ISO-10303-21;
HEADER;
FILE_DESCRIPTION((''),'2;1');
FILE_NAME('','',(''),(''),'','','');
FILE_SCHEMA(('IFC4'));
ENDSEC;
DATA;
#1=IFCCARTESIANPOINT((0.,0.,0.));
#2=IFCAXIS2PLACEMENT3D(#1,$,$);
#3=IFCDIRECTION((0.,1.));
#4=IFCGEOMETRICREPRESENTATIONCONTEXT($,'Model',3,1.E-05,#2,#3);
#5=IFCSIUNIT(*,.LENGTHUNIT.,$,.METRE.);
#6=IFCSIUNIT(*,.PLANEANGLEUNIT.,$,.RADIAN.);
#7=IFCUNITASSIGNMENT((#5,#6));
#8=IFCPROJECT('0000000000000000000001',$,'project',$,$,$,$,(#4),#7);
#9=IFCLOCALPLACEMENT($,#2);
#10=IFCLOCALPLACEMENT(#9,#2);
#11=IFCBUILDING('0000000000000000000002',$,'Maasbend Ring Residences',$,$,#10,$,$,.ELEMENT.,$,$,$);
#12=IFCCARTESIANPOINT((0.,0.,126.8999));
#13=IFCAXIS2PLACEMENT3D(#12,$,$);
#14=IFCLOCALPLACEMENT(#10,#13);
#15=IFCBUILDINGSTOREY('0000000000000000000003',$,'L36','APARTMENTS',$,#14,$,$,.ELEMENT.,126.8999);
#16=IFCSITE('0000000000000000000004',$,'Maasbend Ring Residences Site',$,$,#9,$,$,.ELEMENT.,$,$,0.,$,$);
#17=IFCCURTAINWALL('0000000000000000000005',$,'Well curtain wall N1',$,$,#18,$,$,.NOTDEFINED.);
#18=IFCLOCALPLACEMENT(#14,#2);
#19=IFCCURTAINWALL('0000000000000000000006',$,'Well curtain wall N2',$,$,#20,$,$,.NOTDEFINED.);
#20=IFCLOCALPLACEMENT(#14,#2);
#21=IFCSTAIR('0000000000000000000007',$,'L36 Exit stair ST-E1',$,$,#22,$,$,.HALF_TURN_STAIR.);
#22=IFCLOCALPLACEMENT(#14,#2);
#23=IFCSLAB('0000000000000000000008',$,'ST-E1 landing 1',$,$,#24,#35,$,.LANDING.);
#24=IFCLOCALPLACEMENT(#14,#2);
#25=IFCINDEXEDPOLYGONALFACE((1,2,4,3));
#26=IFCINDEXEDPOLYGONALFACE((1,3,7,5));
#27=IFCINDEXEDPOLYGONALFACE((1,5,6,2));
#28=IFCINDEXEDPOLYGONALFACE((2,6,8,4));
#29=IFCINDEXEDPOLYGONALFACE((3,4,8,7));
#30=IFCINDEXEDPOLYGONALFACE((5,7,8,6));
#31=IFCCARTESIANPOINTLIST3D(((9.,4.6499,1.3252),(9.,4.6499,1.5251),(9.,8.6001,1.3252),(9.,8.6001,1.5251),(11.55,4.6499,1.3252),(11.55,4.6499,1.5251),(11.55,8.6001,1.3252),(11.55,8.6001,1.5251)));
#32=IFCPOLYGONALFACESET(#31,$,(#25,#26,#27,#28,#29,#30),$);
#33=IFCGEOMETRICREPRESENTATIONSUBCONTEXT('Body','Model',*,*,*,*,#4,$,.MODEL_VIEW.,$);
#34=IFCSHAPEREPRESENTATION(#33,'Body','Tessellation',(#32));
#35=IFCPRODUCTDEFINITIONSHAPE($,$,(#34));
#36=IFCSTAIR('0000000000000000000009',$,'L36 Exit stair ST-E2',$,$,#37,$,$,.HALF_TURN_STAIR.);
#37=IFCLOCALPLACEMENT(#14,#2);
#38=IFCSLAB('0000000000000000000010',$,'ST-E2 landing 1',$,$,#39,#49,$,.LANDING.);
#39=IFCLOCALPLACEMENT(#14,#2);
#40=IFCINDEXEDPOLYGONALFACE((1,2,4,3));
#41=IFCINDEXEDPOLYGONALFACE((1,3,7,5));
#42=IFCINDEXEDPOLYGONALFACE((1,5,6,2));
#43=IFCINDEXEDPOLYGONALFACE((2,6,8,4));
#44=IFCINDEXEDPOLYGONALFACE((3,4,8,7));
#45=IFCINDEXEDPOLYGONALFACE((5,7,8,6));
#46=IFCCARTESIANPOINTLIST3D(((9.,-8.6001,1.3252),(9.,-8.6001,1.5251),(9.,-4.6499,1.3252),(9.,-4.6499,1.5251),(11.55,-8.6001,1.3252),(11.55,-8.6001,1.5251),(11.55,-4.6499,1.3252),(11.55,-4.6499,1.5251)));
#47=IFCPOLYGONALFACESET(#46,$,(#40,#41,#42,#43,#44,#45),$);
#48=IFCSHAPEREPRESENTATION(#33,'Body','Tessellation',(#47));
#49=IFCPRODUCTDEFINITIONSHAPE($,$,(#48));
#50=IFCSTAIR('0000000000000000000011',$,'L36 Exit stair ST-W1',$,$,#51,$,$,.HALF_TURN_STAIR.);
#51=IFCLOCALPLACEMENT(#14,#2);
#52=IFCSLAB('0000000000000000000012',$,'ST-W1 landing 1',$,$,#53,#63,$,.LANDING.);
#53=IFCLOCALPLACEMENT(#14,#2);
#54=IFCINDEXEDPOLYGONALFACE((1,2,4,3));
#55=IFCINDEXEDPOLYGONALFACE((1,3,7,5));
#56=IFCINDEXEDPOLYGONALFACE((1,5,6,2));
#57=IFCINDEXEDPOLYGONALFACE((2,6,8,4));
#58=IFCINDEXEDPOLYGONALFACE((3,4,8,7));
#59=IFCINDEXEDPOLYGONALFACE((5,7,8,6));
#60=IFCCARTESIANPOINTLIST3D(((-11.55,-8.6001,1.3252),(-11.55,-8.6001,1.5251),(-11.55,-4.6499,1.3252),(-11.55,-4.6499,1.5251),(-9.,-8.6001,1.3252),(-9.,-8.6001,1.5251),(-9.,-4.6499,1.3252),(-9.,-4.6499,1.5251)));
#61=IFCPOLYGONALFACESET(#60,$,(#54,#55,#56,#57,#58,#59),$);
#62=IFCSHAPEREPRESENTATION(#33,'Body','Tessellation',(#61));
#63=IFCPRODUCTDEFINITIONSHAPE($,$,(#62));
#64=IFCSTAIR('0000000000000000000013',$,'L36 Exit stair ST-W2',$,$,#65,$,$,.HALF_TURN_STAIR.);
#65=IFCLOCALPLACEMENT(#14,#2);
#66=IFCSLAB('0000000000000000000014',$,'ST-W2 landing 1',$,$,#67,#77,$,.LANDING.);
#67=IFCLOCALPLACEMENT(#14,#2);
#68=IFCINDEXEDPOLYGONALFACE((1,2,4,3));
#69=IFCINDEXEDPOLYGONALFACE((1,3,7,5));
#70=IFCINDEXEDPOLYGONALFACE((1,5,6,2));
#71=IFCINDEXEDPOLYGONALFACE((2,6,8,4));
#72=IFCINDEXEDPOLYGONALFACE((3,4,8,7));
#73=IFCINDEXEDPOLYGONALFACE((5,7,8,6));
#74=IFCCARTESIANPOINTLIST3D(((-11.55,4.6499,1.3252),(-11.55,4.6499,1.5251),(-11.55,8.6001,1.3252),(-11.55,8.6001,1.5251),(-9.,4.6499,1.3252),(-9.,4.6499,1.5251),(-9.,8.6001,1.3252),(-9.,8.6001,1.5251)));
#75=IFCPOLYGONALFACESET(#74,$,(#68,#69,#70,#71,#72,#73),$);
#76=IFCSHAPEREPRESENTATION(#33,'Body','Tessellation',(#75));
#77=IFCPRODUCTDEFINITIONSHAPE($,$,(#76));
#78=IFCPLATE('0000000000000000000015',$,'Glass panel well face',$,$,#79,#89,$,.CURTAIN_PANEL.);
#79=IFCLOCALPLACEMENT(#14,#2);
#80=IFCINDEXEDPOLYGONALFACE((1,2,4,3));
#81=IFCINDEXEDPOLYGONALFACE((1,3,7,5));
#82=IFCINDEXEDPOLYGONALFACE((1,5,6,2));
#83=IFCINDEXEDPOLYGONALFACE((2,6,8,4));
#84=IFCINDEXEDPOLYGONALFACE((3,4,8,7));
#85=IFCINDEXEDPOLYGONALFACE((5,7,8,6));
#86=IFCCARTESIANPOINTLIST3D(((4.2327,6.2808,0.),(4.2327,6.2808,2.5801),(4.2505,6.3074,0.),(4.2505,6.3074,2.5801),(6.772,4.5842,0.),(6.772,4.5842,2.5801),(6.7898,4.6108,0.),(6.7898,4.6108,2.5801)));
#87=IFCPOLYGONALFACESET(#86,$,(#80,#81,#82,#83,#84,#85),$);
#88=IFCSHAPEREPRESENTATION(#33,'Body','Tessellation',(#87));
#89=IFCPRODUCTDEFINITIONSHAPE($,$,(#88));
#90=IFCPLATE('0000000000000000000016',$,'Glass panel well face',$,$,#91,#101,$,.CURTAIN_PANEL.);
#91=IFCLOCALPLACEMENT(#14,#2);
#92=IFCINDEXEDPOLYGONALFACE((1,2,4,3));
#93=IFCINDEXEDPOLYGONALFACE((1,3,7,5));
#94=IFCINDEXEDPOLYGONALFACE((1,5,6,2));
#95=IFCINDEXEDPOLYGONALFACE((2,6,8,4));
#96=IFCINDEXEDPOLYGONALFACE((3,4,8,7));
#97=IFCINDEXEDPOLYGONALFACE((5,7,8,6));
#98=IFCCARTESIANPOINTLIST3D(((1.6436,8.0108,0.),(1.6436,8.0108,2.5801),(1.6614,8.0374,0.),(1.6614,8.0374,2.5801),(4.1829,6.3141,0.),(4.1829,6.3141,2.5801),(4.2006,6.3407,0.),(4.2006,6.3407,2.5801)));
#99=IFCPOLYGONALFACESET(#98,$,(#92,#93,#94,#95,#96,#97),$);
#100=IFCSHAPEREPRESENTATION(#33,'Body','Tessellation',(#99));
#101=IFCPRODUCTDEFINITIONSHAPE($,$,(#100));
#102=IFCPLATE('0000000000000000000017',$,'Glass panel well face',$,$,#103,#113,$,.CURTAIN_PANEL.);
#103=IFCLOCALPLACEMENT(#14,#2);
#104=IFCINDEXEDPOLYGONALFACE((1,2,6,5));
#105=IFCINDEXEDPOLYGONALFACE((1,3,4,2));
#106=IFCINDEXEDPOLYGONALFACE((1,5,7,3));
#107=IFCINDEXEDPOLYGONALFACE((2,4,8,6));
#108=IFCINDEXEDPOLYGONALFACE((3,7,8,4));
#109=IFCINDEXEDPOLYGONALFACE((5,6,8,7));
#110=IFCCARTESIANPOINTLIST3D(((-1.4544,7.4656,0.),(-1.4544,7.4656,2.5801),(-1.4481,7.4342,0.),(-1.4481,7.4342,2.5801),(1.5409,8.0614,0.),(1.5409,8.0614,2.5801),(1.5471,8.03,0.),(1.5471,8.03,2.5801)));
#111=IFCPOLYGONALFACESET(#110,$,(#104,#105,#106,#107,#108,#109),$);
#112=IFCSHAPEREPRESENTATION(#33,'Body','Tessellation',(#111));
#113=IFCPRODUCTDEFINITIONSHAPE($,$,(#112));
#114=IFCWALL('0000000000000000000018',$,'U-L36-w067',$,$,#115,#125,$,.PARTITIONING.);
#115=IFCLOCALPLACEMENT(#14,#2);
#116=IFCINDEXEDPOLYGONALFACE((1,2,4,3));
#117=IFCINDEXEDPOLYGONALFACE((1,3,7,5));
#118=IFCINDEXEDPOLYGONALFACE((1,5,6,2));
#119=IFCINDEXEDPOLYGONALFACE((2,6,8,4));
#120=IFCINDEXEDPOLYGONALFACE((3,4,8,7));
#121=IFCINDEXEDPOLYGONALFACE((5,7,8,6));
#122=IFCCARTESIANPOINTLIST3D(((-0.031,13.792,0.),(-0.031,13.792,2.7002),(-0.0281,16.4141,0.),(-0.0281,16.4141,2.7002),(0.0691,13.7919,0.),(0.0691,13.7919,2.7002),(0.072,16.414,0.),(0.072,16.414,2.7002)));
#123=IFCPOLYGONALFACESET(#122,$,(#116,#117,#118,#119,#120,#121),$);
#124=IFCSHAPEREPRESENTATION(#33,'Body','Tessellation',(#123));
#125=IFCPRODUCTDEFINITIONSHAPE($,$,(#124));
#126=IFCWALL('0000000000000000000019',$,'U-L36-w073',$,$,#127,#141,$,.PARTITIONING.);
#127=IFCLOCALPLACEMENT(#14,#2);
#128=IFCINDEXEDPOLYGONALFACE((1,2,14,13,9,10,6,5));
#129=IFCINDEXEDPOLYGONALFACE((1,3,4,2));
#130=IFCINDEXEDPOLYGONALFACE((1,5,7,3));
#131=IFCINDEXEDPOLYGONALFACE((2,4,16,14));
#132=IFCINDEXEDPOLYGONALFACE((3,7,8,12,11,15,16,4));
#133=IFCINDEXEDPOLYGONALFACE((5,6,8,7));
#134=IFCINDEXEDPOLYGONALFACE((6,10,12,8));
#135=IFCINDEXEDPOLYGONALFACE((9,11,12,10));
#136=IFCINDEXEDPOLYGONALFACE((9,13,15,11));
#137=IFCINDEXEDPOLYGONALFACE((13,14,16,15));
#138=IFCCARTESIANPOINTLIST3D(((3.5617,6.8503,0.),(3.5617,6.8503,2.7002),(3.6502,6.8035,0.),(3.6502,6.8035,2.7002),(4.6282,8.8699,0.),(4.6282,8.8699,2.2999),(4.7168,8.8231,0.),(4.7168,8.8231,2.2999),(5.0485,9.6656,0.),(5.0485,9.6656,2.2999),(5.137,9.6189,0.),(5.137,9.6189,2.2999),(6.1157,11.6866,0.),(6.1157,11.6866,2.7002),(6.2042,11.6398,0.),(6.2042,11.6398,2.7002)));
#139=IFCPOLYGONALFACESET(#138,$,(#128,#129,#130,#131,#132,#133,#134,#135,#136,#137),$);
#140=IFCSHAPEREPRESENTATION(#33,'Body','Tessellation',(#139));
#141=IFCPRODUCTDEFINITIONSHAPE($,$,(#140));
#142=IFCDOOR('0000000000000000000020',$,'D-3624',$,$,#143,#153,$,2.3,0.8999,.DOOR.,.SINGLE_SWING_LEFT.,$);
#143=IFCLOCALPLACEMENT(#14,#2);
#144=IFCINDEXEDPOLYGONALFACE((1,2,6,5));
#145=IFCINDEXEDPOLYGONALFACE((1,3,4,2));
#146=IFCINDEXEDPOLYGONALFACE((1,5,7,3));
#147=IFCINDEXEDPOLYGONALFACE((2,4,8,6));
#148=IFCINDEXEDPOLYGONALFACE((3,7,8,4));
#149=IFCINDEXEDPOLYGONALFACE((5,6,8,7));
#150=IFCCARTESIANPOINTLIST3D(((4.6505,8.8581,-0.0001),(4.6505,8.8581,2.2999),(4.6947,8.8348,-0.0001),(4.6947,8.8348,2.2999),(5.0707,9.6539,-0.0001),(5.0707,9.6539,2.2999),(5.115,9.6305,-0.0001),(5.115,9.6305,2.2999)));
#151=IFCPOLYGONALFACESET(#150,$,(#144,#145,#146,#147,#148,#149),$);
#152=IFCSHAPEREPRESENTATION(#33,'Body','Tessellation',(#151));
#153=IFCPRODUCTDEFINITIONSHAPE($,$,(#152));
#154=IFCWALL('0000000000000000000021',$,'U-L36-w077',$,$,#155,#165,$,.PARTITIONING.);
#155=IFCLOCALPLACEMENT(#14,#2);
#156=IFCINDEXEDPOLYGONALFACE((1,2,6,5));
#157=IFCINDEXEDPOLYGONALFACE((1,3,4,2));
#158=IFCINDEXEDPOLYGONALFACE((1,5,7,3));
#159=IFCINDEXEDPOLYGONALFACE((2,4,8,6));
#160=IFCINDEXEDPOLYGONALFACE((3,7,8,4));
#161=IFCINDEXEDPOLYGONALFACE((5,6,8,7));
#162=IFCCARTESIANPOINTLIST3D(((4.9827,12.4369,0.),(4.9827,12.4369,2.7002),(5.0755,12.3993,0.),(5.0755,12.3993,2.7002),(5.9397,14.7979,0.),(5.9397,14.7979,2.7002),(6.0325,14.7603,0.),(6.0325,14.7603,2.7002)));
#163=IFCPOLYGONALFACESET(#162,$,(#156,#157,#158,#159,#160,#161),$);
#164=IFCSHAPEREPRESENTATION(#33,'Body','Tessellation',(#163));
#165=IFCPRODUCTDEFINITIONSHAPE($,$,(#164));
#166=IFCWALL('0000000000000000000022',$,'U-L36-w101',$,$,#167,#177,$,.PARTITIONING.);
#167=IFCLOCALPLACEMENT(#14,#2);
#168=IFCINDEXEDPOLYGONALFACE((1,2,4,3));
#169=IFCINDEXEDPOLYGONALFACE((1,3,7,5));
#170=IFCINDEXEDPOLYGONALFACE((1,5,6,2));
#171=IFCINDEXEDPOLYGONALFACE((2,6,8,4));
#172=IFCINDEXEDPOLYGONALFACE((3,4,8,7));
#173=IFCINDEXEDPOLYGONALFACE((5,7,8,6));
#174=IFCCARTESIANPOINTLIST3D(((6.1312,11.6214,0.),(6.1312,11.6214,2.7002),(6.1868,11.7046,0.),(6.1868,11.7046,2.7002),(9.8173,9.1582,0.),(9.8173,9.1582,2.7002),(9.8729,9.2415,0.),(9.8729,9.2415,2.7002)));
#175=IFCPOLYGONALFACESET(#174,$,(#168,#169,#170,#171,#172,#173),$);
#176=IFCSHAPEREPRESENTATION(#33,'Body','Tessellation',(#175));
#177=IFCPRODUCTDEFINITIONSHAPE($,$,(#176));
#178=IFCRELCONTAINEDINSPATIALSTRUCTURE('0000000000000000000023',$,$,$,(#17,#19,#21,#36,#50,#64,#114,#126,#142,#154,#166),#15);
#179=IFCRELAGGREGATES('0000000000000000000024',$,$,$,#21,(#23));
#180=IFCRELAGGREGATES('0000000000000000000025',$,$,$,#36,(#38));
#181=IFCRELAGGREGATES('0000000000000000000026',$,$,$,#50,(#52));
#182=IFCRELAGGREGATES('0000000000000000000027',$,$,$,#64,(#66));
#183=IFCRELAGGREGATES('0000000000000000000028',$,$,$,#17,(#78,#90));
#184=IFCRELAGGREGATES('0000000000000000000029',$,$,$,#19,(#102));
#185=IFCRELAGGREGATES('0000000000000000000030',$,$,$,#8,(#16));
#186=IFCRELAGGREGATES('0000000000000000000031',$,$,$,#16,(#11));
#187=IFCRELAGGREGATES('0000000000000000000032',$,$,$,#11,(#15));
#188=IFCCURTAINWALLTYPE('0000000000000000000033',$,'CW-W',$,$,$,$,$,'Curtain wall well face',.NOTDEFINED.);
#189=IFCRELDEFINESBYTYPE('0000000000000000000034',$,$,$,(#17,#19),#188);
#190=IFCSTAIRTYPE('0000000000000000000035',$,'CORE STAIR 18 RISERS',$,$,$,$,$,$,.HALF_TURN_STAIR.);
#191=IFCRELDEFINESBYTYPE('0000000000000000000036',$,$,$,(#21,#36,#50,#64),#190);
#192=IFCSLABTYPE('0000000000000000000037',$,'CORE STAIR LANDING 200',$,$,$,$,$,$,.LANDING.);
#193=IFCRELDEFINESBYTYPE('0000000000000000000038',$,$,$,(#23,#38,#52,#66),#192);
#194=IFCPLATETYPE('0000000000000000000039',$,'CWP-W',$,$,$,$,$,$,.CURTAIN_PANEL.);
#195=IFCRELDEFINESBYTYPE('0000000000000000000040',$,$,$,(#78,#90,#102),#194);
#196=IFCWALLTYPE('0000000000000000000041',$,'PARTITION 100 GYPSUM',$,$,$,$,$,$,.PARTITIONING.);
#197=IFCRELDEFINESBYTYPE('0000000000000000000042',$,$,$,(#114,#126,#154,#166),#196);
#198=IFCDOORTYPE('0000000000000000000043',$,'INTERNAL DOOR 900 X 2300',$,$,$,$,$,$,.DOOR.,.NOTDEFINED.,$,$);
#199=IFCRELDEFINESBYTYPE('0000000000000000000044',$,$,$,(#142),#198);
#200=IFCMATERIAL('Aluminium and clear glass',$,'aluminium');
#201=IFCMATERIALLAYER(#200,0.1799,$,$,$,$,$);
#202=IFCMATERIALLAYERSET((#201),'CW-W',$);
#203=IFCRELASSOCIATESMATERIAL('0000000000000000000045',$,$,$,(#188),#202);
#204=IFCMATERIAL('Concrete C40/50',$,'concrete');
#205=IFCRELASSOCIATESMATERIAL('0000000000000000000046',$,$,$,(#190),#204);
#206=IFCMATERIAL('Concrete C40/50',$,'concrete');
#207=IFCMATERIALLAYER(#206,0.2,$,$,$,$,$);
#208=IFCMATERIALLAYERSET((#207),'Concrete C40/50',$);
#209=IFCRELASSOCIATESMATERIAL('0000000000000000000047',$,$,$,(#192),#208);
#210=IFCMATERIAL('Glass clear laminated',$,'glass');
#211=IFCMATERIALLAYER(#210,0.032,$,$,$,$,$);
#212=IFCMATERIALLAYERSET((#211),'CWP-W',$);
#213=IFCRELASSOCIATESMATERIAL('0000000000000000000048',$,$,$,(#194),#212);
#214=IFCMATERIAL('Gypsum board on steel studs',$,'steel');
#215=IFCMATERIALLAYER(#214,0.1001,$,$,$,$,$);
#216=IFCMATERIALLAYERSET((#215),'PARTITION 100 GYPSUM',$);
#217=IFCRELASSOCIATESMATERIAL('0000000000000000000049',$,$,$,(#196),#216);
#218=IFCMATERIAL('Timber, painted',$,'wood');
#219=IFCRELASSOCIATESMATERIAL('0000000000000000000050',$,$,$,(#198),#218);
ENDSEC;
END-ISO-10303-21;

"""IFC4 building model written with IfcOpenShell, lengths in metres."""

from ifc_helpers import new_model, si_unit, direction, frame, frame_2d, origin, origin_2d, place, context, subcontext, project, spatial, polyline, rectangle, outline, extrude, material, layer, layer_set, type_object, element, fill, aggregate, save


model = new_model("IFC4")

# Units and contexts
model_context = context("Model", 3, precision=1e-05, world=origin(), true_north=direction((0.0, 1.0)))
body_context = subcontext(model_context, "Body", "Model", "MODEL_VIEW")
ifc_project = project(units=[si_unit("LENGTHUNIT", "METRE"), si_unit("PLANEANGLEUNIT", "RADIAN")], contexts=[model_context])

# Site, building, storey
site_placement = place(None, origin())
site = spatial("IfcSite", under=ifc_project, at=site_placement, Name="Maasbend Ring Residences Site", CompositionType="ELEMENT", RefElevation=0.0)
building_placement = place(site_placement, origin())
building = spatial("IfcBuilding", under=site, at=building_placement, Name="Maasbend Ring Residences", CompositionType="ELEMENT")
storey_placement = place(building_placement, frame((0.0, 0.0, 126.8999)))
storey = spatial("IfcBuildingStorey", under=building, at=storey_placement, Name="L36", Description="APARTMENTS", CompositionType="ELEMENT", Elevation=126.8999)

# Curtain wall
ifc_material_1 = material(Name="Aluminium and clear glass", Category="aluminium")
ifc_layer_1 = layer(ifc_material_1, 0.1799)
ifc_layer_set_1 = layer_set([ifc_layer_1], Name="CW-W")
curtain_wall_type = type_object("IfcCurtainWallType", Name="CW-W", ElementType="Curtain wall well face", PredefinedType="NOTDEFINED", material=ifc_layer_set_1)
curtain_wall_1_placement = place(storey_placement, origin())
curtain_wall_1 = element("IfcCurtainWall", 1, at=curtain_wall_1_placement, inside=storey, type_object=curtain_wall_type, Name="Well curtain wall N1", PredefinedType="NOTDEFINED")

# Curtain wall
curtain_wall_2_placement = place(storey_placement, origin())
curtain_wall_2 = element("IfcCurtainWall", 2, at=curtain_wall_2_placement, inside=storey, type_object=curtain_wall_type, Name="Well curtain wall N2", PredefinedType="NOTDEFINED")

# Stairs, slabs
ifc_material_2 = material(Name="Concrete C40/50", Category="concrete")
stair_type = type_object("IfcStairType", Name="CORE STAIR 18 RISERS", PredefinedType="HALF_TURN_STAIR", material=ifc_material_2)
stair_1_placement = place(storey_placement, origin())
stair_1 = element("IfcStair", 3, at=stair_1_placement, inside=storey, type_object=stair_type, Name="L36 Exit stair ST-E1", PredefinedType="HALF_TURN_STAIR")
ifc_material_3 = material(Name="Concrete C40/50", Category="concrete")
ifc_layer_2 = layer(ifc_material_3, 0.2)
ifc_layer_set_2 = layer_set([ifc_layer_2], Name="Concrete C40/50")
slab_type = type_object("IfcSlabType", Name="CORE STAIR LANDING 200", PredefinedType="LANDING", material=ifc_layer_set_2)
slab_1_placement = place(storey_placement, frame((0.0, 0.0, 1.3252)))
slab_1 = element("IfcSlab", 4, at=slab_1_placement, type_object=slab_type, Name="ST-E1 landing 1", PredefinedType="LANDING", context=body_context, shape_type="SweptSolid", body=[
    extrude(outline(polyline([(11.55, 8.6001), (9.0, 8.6001), (9.0, 4.6499), (11.55, 4.6499), (11.55, 8.6001)])), origin(), (0.0, 0.0, 1.0), 0.2),
])
aggregate(stair_1, [slab_1])
stair_2_placement = place(storey_placement, origin())
stair_2 = element("IfcStair", 5, at=stair_2_placement, inside=storey, type_object=stair_type, Name="L36 Exit stair ST-E2", PredefinedType="HALF_TURN_STAIR")
slab_2_placement = place(storey_placement, frame((0.0, 0.0, 1.3252)))
slab_2 = element("IfcSlab", 6, at=slab_2_placement, type_object=slab_type, Name="ST-E2 landing 1", PredefinedType="LANDING", context=body_context, shape_type="SweptSolid", body=[
    extrude(outline(polyline([(11.55, -4.6499), (9.0, -4.6499), (9.0, -8.6001), (11.55, -8.6001), (11.55, -4.6499)])), origin(), (0.0, 0.0, 1.0), 0.2),
])
aggregate(stair_2, [slab_2])
stair_3_placement = place(storey_placement, origin())
stair_3 = element("IfcStair", 7, at=stair_3_placement, inside=storey, type_object=stair_type, Name="L36 Exit stair ST-W1", PredefinedType="HALF_TURN_STAIR")
slab_3_placement = place(storey_placement, frame((0.0, 0.0, 1.3252)))
slab_3 = element("IfcSlab", 8, at=slab_3_placement, type_object=slab_type, Name="ST-W1 landing 1", PredefinedType="LANDING", context=body_context, shape_type="SweptSolid", body=[
    extrude(outline(polyline([(-11.55, -8.6001), (-9.0, -8.6001), (-9.0, -4.6499), (-11.55, -4.6499), (-11.55, -8.6001)])), origin(), (0.0, 0.0, 1.0), 0.2),
])
aggregate(stair_3, [slab_3])
stair_4_placement = place(storey_placement, origin())
stair_4 = element("IfcStair", 9, at=stair_4_placement, inside=storey, type_object=stair_type, Name="L36 Exit stair ST-W2", PredefinedType="HALF_TURN_STAIR")
slab_4_placement = place(storey_placement, frame((0.0, 0.0, 1.3252)))
slab_4 = element("IfcSlab", 10, at=slab_4_placement, type_object=slab_type, Name="ST-W2 landing 1", PredefinedType="LANDING", context=body_context, shape_type="SweptSolid", body=[
    extrude(outline(polyline([(-11.55, 4.6499), (-9.0, 4.6499), (-9.0, 8.6001), (-11.55, 8.6001), (-11.55, 4.6499)])), origin(), (0.0, 0.0, 1.0), 0.2),
])
aggregate(stair_4, [slab_4])

# Plates
ifc_material_4 = material(Name="Glass clear laminated", Category="glass")
ifc_layer_3 = layer(ifc_material_4, 0.032)
ifc_layer_set_3 = layer_set([ifc_layer_3], Name="CWP-W")
plate_type = type_object("IfcPlateType", Name="CWP-W", PredefinedType="CURTAIN_PANEL", material=ifc_layer_set_3)
plate_1_placement = place(storey_placement, frame((5.5112, 5.4458, 0.0), z_axis=(0.0, 0.0, 1.0), x_axis=(-0.83147, 0.55557, 0.0)))
plate_1 = element("IfcPlate", 11, at=plate_1_placement, type_object=plate_type, Name="Glass panel well face", PredefinedType="CURTAIN_PANEL", context=body_context, shape_type="SweptSolid", body=[
    extrude(rectangle(XDim=3.054, YDim=0.032, at=origin_2d()), origin(), (0.0, 0.0, 1.0), 2.5801),
])
plate_2_placement = place(storey_placement, frame((2.9221, 7.1758, 0.0), z_axis=(0.0, 0.0, 1.0), x_axis=(-0.83147, 0.55557, 0.0)))
plate_2 = element("IfcPlate", 12, at=plate_2_placement, type_object=plate_type, Name="Glass panel well face", PredefinedType="CURTAIN_PANEL", context=body_context, shape_type="SweptSolid", body=[
    extrude(rectangle(XDim=3.054, YDim=0.032, at=origin_2d()), origin(), (0.0, 0.0, 1.0), 2.5801),
])
aggregate(curtain_wall_1, [plate_1, plate_2])
plate_3_placement = place(storey_placement, frame((0.0464, 7.7478, 0.0), z_axis=(0.0, 0.0, 1.0), x_axis=(-0.980785, -0.19509, 0.0)))
plate_3 = element("IfcPlate", 13, at=plate_3_placement, type_object=plate_type, Name="Glass panel well face", PredefinedType="CURTAIN_PANEL", context=body_context, shape_type="SweptSolid", body=[
    extrude(rectangle(XDim=3.054, YDim=0.032, at=origin_2d()), origin(), (0.0, 0.0, 1.0), 2.5801),
])
aggregate(curtain_wall_2, [plate_3])

# Wall
ifc_material_5 = material(Name="Gypsum board on steel studs", Category="steel")
ifc_layer_4 = layer(ifc_material_5, 0.1001)
ifc_layer_set_4 = layer_set([ifc_layer_4], Name="PARTITION 100 GYPSUM")
wall_type_1 = type_object("IfcWallType", Name="PARTITION 100 GYPSUM", PredefinedType="PARTITIONING", material=ifc_layer_set_4)
wall_1_placement = place(storey_placement, frame((0.019, 13.792, 0.0), z_axis=(0.0, 0.0, 1.0), x_axis=(0.001117, 0.999999, 0.0)))
element("IfcWall", 14, at=wall_1_placement, inside=storey, type_object=wall_type_1, Name="U-L36-w067", PredefinedType="PARTITIONING", context=body_context, shape_type="SweptSolid", body=[
    extrude(rectangle(XDim=2.6221, YDim=0.1001, at=frame_2d((1.311, 0.0))), origin(), (0.0, 0.0, 1.0), 2.7002),
])

# Wall, opening, door
wall_2_placement = place(storey_placement, frame((3.606, 6.8269, 0.0), z_axis=(0.0, 0.0, 1.0), x_axis=(0.466977, 0.88427, 0.0)))
wall_2 = element("IfcWall", 15, at=wall_2_placement, inside=storey, type_object=wall_type_1, Name="U-L36-w073", PredefinedType="PARTITIONING", context=body_context, shape_type="SweptSolid", body=[
    extrude(rectangle(XDim=5.4692, YDim=0.1001, at=frame_2d((2.7346, 0.0))), origin(), (0.0, 0.0, 1.0), 2.7002),
])
opening_1_placement = place(wall_2_placement, frame((2.2839, 0.0, 0.0)))
opening_1 = element("IfcOpeningElement", 16, at=opening_1_placement, cuts=wall_2, PredefinedType="OPENING", context=body_context, shape_type="SweptSolid", body=[
    extrude(rectangle(XDim=0.8999, YDim=2.3, at=frame_2d((0.45, 1.1499))), frame((0.0, 0.0601, 0.0), z_axis=(0.0, -1.0, 0.0), x_axis=(1.0, 0.0, 0.0)), (0.0, 0.0, 1.0), 0.1201),
])
ifc_material_6 = material(Name="Timber, painted", Category="wood")
door_type = type_object("IfcDoorType", Name="INTERNAL DOOR 900 X 2300", OperationType="NOTDEFINED", PredefinedType="DOOR", material=ifc_material_6)
door_1_placement = place(opening_1_placement, origin())
door_1 = element("IfcDoor", 17, at=door_1_placement, inside=storey, type_object=door_type, Name="D-3624", OperationType="SINGLE_SWING_LEFT", OverallHeight=2.3, OverallWidth=0.8999, PredefinedType="DOOR", context=body_context, shape_type="SweptSolid", body=[
    extrude(rectangle(XDim=0.8999, YDim=2.3, at=frame_2d((0.45, 1.1499))), frame((0.0, 0.0249, 0.0), z_axis=(0.0, -1.0, 0.0), x_axis=(1.0, 0.0, 0.0)), (0.0, 0.0, 1.0), 0.05),
])
fill(opening_1, door_1)

# Walls
wall_3_placement = place(storey_placement, frame((5.0291, 12.418, 0.0), z_axis=(0.0, 0.0, 1.0), x_axis=(0.375649, 0.926762, 0.0)))
element("IfcWall", 18, at=wall_3_placement, inside=storey, type_object=wall_type_1, Name="U-L36-w077", PredefinedType="PARTITIONING", context=body_context, shape_type="SweptSolid", body=[
    extrude(rectangle(XDim=2.5476, YDim=0.1001, at=frame_2d((1.2739, 0.0))), origin(), (0.0, 0.0, 1.0), 2.7002),
])
wall_4_placement = place(storey_placement, frame((6.1589, 11.6631, 0.0), z_axis=(0.0, 0.0, 1.0), x_axis=(0.831448, -0.555602, 0.0)))
element("IfcWall", 19, at=wall_4_placement, inside=storey, type_object=wall_type_1, Name="U-L36-w101", PredefinedType="PARTITIONING", context=body_context, shape_type="SweptSolid", body=[
    extrude(rectangle(XDim=4.4333, YDim=0.1001, at=frame_2d((2.2168, 0.0))), origin(), (0.0, 0.0, 1.0), 2.7002),
])

save(model, "model.ifc")
